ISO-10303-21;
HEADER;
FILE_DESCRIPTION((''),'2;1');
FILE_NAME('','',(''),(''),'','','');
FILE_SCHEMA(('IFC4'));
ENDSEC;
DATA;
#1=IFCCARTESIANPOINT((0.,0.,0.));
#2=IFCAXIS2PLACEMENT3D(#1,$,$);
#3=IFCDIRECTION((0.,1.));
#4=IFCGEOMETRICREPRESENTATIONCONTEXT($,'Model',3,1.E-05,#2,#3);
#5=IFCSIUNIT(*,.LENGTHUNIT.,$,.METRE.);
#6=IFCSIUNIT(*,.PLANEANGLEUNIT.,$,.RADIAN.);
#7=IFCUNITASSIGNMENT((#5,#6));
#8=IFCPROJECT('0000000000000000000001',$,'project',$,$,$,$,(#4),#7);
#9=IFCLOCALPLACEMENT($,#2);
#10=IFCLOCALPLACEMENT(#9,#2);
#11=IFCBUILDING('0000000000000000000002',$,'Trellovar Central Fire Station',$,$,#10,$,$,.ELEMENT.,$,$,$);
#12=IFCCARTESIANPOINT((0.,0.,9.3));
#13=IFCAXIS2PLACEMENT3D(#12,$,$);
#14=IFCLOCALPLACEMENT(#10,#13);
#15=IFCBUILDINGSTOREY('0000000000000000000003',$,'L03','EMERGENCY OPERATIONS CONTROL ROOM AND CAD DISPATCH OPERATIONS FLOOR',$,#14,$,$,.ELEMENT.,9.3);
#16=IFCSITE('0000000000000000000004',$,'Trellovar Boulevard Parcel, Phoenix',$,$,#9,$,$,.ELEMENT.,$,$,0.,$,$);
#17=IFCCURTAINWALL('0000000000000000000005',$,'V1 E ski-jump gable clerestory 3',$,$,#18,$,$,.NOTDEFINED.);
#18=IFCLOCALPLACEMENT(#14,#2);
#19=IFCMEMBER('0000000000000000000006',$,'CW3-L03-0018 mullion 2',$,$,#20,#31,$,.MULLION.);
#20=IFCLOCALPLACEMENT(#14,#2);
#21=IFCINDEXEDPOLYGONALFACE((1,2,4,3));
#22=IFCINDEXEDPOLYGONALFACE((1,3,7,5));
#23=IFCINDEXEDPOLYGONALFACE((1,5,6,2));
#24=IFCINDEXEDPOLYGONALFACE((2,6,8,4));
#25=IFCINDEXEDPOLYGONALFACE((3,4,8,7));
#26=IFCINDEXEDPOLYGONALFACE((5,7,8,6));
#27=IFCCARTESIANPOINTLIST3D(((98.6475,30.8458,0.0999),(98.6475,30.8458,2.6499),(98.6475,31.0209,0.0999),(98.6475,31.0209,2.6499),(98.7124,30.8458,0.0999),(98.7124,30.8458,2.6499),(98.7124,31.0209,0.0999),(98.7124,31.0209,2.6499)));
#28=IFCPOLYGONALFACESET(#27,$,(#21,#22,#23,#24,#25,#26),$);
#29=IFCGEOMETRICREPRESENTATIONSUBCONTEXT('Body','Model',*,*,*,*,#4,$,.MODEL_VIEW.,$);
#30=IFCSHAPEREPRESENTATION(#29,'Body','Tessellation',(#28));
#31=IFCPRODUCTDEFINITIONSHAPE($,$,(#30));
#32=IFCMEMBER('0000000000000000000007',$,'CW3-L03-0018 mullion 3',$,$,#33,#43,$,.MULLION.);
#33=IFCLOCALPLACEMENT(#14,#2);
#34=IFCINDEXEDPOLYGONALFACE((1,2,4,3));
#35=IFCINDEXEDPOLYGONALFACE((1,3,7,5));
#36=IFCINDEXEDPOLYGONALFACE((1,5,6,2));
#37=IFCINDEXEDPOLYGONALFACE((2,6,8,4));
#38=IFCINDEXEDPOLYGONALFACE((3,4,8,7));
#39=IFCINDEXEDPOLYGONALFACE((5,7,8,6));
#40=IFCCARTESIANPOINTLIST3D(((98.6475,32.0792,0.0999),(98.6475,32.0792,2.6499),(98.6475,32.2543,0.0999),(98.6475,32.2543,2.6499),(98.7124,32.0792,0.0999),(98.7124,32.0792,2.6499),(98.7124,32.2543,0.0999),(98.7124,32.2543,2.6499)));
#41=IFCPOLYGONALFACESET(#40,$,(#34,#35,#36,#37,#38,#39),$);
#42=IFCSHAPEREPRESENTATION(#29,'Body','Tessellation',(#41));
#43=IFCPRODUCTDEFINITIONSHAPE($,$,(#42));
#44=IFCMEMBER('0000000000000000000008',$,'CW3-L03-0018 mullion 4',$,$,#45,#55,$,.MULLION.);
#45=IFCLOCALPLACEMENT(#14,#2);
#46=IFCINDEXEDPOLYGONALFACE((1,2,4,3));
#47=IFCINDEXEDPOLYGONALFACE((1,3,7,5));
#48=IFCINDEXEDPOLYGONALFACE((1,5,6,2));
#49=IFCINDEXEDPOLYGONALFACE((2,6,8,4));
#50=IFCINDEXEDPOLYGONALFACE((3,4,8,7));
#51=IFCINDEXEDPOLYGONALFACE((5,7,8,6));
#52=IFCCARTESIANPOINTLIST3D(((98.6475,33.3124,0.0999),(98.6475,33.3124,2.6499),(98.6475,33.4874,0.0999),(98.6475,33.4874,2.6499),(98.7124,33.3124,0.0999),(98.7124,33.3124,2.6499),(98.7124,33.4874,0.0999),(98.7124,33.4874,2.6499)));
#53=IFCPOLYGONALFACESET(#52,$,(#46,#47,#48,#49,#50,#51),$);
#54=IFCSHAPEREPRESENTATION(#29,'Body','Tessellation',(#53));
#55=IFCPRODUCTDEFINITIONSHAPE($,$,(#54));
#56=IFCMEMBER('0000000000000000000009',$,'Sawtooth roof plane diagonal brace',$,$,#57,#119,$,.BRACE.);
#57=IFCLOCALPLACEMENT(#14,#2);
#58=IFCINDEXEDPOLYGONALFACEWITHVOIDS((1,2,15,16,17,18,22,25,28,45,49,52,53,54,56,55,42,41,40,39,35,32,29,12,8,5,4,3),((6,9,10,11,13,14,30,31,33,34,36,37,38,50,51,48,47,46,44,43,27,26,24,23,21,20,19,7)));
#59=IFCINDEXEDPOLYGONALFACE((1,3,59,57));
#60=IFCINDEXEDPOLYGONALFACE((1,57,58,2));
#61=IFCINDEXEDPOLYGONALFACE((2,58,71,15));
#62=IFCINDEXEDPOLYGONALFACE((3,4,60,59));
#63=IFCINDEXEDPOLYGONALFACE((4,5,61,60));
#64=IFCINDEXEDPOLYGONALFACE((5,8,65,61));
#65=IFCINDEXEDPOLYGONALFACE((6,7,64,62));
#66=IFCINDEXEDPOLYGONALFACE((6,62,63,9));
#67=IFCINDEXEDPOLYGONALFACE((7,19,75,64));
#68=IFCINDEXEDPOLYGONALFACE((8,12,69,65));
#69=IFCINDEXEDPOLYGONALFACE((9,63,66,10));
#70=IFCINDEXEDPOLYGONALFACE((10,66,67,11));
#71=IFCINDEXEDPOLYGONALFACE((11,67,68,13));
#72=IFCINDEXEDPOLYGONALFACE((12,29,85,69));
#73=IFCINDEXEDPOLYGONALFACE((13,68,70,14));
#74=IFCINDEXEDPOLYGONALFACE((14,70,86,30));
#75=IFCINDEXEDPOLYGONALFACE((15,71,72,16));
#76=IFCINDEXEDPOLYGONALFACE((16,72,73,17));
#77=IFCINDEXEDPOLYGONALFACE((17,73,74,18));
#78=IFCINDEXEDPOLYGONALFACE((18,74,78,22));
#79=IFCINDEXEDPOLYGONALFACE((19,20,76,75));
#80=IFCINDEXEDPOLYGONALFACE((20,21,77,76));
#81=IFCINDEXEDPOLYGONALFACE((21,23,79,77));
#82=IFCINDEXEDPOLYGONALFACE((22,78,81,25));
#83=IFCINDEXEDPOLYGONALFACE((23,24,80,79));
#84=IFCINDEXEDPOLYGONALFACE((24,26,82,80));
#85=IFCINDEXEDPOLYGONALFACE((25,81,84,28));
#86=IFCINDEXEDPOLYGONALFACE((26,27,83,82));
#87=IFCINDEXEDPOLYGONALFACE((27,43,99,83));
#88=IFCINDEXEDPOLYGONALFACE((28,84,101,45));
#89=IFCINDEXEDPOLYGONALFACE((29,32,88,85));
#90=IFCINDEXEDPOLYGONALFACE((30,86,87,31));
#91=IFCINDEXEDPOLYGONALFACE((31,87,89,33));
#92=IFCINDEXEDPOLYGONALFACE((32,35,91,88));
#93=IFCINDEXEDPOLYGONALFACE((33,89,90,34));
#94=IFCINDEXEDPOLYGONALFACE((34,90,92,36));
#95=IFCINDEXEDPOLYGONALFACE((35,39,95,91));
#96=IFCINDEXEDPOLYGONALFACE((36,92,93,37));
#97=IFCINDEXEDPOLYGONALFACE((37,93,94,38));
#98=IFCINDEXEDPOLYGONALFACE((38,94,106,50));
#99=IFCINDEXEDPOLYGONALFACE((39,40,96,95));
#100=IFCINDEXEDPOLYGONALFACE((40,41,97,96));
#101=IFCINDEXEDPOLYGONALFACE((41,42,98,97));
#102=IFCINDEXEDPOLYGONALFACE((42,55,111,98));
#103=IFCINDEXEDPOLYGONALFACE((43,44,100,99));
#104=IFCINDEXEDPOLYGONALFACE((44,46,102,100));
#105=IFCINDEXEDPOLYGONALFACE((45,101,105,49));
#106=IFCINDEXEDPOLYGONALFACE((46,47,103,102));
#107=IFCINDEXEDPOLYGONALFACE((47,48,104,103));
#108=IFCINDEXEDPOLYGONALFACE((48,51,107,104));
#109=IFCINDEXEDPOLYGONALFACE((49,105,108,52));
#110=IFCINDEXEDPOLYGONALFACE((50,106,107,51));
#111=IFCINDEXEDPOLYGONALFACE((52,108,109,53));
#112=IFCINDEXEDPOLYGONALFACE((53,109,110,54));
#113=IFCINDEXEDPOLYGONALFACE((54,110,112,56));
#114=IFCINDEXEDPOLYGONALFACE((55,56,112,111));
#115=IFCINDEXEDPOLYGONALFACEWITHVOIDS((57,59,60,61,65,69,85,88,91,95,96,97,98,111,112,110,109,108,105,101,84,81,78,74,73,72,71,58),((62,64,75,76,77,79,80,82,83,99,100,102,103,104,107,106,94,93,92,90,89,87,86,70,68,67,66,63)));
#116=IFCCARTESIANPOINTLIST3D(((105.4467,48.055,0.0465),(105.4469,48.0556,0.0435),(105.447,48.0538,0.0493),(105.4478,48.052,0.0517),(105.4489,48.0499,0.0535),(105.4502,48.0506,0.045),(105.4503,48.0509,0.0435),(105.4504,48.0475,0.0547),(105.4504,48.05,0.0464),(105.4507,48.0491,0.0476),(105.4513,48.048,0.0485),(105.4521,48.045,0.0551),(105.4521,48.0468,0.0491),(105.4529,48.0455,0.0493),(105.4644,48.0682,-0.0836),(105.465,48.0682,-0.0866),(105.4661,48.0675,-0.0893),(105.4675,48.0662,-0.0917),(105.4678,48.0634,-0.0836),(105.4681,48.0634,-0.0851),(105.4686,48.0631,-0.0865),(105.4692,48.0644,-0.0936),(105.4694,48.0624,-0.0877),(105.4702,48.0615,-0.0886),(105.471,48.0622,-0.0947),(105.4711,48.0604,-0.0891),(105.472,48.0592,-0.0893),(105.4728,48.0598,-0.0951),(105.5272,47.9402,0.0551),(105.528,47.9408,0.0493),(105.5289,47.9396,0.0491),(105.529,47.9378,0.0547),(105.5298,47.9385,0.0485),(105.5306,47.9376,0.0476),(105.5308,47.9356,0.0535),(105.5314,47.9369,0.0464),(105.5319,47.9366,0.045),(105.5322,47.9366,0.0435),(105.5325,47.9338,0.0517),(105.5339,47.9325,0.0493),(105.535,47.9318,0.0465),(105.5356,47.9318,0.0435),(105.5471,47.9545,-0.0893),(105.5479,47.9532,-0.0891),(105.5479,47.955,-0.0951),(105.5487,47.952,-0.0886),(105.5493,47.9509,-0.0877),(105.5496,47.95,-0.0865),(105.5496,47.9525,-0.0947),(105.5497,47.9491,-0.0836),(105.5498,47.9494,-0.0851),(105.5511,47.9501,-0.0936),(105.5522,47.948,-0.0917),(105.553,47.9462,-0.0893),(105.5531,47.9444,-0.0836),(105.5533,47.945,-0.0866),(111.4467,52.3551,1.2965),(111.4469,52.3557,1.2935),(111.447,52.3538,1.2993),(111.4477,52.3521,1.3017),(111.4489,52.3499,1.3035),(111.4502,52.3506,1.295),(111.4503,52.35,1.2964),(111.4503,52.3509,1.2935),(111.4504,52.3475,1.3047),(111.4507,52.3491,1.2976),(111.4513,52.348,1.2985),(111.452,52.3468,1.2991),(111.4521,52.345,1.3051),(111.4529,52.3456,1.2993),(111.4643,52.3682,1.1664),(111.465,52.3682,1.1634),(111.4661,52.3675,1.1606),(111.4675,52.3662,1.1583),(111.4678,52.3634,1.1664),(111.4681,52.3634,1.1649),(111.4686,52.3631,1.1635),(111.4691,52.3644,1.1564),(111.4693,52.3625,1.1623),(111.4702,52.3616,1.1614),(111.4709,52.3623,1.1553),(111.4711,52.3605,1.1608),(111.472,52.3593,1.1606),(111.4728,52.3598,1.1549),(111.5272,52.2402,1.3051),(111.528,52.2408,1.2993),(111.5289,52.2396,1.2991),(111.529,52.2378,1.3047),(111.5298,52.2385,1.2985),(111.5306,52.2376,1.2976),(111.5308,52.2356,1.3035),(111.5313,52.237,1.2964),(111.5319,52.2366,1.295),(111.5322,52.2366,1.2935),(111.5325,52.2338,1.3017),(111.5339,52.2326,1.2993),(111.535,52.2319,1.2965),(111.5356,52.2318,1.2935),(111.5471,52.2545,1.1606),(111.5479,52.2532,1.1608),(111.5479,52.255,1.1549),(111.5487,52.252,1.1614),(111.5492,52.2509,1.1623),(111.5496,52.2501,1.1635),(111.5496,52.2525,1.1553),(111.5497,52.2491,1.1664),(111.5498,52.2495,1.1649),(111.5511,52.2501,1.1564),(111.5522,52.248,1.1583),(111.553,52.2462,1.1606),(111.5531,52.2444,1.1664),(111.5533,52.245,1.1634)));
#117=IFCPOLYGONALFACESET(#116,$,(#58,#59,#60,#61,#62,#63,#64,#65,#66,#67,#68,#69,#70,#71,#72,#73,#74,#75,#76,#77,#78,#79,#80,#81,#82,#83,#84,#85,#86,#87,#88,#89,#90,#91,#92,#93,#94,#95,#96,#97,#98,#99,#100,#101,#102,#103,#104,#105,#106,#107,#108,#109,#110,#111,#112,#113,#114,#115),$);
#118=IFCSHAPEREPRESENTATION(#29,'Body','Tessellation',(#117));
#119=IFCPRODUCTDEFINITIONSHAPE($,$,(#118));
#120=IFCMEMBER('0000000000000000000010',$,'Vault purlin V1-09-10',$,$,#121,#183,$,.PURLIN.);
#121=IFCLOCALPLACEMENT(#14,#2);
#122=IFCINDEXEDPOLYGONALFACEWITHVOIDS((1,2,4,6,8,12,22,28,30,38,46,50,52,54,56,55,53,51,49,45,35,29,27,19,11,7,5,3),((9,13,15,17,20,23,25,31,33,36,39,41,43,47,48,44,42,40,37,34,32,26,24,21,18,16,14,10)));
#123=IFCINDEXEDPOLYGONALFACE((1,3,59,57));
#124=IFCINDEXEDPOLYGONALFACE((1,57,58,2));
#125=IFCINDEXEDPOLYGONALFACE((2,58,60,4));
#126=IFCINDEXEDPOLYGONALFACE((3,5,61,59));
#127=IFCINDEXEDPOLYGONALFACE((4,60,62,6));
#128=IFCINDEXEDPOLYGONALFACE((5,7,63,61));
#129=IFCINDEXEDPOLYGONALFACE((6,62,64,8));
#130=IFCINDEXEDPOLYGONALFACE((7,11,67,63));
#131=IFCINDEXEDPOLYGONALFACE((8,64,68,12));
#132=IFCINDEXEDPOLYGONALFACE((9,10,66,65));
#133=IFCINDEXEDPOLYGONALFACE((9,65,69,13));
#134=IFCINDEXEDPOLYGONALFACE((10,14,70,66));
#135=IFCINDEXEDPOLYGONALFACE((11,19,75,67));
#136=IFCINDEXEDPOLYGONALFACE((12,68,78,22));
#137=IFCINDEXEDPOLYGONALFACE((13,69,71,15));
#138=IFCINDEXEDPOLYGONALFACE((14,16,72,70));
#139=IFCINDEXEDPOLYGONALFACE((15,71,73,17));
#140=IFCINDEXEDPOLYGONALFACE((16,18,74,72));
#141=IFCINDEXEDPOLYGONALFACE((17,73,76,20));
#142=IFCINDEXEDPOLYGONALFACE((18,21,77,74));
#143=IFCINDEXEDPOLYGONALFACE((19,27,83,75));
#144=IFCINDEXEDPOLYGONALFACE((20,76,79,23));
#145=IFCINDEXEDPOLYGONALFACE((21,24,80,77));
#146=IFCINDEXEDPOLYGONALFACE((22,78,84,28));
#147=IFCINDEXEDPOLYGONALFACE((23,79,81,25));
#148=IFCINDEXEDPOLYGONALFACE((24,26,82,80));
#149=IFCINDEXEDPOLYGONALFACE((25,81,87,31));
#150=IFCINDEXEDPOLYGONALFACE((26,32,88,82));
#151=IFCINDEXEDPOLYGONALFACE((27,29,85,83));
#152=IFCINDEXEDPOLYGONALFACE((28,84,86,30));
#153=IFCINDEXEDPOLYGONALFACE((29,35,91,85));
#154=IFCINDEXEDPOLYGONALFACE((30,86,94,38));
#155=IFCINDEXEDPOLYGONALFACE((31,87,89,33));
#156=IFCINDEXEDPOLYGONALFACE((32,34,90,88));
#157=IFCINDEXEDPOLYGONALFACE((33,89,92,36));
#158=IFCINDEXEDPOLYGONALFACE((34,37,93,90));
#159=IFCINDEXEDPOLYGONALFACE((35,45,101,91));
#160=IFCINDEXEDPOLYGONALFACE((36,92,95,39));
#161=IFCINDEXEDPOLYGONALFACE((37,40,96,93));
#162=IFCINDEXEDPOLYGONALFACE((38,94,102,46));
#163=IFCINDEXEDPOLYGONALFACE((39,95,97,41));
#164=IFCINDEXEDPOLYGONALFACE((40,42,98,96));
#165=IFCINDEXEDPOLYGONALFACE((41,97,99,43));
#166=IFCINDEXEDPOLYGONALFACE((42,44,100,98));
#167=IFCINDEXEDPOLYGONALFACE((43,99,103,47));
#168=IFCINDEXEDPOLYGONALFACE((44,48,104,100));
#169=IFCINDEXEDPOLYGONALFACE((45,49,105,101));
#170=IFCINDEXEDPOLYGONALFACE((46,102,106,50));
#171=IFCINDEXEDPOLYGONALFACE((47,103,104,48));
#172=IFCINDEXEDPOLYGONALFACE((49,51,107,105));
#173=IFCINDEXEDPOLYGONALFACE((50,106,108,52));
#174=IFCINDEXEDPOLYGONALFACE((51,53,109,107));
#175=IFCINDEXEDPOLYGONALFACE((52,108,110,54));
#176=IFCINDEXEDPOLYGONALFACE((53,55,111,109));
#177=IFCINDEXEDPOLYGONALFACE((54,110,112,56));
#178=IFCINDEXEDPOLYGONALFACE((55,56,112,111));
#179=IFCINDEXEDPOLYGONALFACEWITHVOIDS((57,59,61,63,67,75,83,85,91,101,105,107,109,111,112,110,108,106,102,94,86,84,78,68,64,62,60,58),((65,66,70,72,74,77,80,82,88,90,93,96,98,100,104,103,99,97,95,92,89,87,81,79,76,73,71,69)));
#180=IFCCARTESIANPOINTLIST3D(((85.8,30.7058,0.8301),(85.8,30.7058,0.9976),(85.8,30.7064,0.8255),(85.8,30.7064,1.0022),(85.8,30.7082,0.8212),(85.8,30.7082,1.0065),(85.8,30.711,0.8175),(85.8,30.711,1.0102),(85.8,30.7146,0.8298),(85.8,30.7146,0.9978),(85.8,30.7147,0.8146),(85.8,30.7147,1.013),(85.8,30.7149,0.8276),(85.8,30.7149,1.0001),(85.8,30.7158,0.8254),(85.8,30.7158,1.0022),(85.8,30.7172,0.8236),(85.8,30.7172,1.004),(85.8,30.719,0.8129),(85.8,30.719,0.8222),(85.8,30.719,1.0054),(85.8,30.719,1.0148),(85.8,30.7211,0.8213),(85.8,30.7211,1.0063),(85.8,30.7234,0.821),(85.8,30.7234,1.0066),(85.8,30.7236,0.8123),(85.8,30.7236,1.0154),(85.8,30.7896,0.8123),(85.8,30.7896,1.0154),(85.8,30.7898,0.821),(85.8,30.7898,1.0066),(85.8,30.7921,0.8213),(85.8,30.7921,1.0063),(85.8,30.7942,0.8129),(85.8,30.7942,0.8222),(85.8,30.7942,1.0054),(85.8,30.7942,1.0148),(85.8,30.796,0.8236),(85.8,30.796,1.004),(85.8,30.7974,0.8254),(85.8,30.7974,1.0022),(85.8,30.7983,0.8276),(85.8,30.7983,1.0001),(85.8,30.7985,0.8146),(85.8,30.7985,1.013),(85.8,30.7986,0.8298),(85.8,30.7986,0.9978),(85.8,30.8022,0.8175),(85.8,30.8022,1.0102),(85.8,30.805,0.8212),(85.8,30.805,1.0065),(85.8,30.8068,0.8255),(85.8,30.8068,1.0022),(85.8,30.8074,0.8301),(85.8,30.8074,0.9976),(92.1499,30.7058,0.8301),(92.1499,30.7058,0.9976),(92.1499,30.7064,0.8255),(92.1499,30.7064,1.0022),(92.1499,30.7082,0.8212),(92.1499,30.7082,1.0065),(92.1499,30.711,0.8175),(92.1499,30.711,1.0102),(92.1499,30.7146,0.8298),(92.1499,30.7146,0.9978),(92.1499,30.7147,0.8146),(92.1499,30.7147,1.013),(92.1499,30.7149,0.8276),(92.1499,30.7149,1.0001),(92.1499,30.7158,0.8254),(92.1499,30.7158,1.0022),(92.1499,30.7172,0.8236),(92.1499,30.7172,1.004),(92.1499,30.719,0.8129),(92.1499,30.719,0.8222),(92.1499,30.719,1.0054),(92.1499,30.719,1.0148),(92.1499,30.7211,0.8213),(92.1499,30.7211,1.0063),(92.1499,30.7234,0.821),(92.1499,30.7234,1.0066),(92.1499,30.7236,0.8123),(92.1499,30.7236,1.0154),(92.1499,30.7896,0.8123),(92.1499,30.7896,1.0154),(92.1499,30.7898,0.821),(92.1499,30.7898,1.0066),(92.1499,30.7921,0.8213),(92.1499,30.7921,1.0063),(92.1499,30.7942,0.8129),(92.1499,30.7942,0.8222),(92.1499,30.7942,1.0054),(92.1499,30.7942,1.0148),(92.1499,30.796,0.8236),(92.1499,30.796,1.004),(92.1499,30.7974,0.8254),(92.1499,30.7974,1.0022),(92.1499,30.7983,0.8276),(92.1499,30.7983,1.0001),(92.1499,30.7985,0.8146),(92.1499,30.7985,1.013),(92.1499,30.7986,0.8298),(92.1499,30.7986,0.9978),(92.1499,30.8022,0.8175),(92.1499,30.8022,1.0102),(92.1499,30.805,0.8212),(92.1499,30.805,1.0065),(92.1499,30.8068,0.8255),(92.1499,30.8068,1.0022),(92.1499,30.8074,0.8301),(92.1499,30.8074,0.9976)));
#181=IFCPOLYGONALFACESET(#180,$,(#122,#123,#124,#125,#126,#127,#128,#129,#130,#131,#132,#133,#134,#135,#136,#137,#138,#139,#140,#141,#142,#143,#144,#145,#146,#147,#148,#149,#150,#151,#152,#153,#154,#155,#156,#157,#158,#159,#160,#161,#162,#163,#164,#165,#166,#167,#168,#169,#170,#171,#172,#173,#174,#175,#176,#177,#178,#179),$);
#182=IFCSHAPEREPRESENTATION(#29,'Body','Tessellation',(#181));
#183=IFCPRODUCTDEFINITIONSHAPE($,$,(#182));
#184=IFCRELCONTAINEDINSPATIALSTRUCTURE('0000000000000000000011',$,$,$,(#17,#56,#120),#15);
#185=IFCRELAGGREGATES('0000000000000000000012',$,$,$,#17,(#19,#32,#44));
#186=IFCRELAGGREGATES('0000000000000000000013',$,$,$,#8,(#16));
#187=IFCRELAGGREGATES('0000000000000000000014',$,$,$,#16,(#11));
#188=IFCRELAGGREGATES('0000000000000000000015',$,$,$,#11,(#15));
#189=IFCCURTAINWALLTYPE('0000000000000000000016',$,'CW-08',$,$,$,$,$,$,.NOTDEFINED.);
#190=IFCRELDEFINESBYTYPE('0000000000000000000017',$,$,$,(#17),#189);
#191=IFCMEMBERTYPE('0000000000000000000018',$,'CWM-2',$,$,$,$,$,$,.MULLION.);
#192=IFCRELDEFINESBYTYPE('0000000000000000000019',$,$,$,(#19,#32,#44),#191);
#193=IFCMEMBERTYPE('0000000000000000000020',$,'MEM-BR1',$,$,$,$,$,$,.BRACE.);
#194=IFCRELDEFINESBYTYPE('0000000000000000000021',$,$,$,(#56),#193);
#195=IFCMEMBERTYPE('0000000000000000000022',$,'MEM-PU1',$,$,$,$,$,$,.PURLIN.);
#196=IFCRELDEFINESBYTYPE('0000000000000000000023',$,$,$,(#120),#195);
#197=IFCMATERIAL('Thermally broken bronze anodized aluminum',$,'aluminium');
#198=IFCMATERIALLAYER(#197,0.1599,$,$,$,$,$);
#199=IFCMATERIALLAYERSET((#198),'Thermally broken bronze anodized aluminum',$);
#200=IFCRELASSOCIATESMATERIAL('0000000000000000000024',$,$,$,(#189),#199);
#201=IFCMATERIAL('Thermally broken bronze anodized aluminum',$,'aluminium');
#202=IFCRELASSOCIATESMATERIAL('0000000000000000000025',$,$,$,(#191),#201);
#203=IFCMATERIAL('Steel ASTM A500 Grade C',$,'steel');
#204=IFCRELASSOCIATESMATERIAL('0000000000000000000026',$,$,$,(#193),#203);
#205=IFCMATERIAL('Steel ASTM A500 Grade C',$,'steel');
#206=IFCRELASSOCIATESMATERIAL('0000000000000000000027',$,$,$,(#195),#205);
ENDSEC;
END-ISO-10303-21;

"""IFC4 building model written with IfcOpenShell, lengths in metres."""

from ifc_helpers import new_model, si_unit, direction, frame, origin, origin_2d, place, context, subcontext, project, spatial, rectangle, hollow_rectangle, extrude, material, layer, layer_set, material_profile, profile_set, type_object, element, aggregate, save


model = new_model("IFC4")

# Units and contexts
model_context = context("Model", 3, precision=1e-05, world=origin(), true_north=direction((0.0, 1.0)))
body_context = subcontext(model_context, "Body", "Model", "MODEL_VIEW")
ifc_project = project(units=[si_unit("LENGTHUNIT", "METRE"), si_unit("PLANEANGLEUNIT", "RADIAN")], contexts=[model_context])

# Site, building, storey
site_placement = place(None, origin())
site = spatial("IfcSite", under=ifc_project, at=site_placement, Name="Trellovar Boulevard Parcel, Phoenix", CompositionType="ELEMENT", RefElevation=0.0)
building_placement = place(site_placement, origin())
building = spatial("IfcBuilding", under=site, at=building_placement, Name="Trellovar Central Fire Station", CompositionType="ELEMENT")
storey_placement = place(building_placement, frame((0.0, 0.0, 9.3)))
storey = spatial("IfcBuildingStorey", under=building, at=storey_placement, Name="L03", Description="EMERGENCY OPERATIONS CONTROL ROOM AND CAD DISPATCH OPERATIONS FLOOR", CompositionType="ELEMENT", Elevation=9.3)

# Curtain wall, members
ifc_material_1 = material(Name="Thermally broken bronze anodized aluminum", Category="aluminium")
ifc_layer_1 = layer(ifc_material_1, 0.1599)
ifc_layer_set_1 = layer_set([ifc_layer_1], Name="Thermally broken bronze anodized aluminum")
curtain_wall_type = type_object("IfcCurtainWallType", Name="CW-08", PredefinedType="NOTDEFINED", material=ifc_layer_set_1)
curtain_wall_placement = place(storey_placement, origin())
curtain_wall = element("IfcCurtainWall", 1, at=curtain_wall_placement, inside=storey, type_object=curtain_wall_type, Name="V1 E ski-jump gable clerestory 3", PredefinedType="NOTDEFINED")
ifc_material_2 = material(Name="Thermally broken bronze anodized aluminum", Category="aluminium")
ifc_material_profile_1 = material_profile(ifc_material_2, rectangle(XDim=0.0649, YDim=0.175, at=origin_2d()), Name="ALU65X175")
ifc_profile_set_1 = profile_set([ifc_material_profile_1], Name="Thermally broken bronze anodized aluminum")
member_type_1 = type_object("IfcMemberType", Name="CWM-2", PredefinedType="MULLION", material=ifc_profile_set_1)
member_1_placement = place(storey_placement, frame((98.6799, 30.9333, 0.0999), z_axis=(0.0, 0.0, 1.0), x_axis=(1.0, 0.0, 0.0)))
member_1 = element("IfcMember", 2, at=member_1_placement, type_object=member_type_1, Name="CW3-L03-0018 mullion 2", PredefinedType="MULLION", context=body_context, shape_type="SweptSolid", body=[
    extrude(rectangle(XDim=0.0649, YDim=0.175, at=origin_2d()), origin(), (0.0, 0.0, 1.0), 2.55),
])
member_2_placement = place(storey_placement, frame((98.6799, 32.1667, 0.0999), z_axis=(0.0, 0.0, 1.0), x_axis=(1.0, 0.0, 0.0)))
member_2 = element("IfcMember", 3, at=member_2_placement, type_object=member_type_1, Name="CW3-L03-0018 mullion 3", PredefinedType="MULLION", context=body_context, shape_type="SweptSolid", body=[
    extrude(rectangle(XDim=0.0649, YDim=0.175, at=origin_2d()), origin(), (0.0, 0.0, 1.0), 2.55),
])
member_3_placement = place(storey_placement, frame((98.6799, 33.3999, 0.0999), z_axis=(0.0, 0.0, 1.0), x_axis=(1.0, 0.0, 0.0)))
member_3 = element("IfcMember", 4, at=member_3_placement, type_object=member_type_1, Name="CW3-L03-0018 mullion 4", PredefinedType="MULLION", context=body_context, shape_type="SweptSolid", body=[
    extrude(rectangle(XDim=0.0649, YDim=0.175, at=origin_2d()), origin(), (0.0, 0.0, 1.0), 2.55),
])

# Members
ifc_material_3 = material(Name="Steel ASTM A500 Grade C", Category="steel")
ifc_material_profile_2 = material_profile(ifc_material_3, hollow_rectangle(XDim=0.1523, YDim=0.1523, WallThickness=0.0059, InnerFilletRadius=0.0059, OuterFilletRadius=0.0117, at=origin_2d()), Name="HSS6X6X1/4")
ifc_profile_set_2 = profile_set([ifc_material_profile_2], Name="Steel ASTM A500 Grade C")
member_type_2 = type_object("IfcMemberType", Name="MEM-BR1", PredefinedType="BRACE", material=ifc_profile_set_2)
member_4_placement = place(storey_placement, frame((105.5, 48.0, -0.02), z_axis=(0.801405, 0.574347, 0.166959), x_axis=(-0.582523, 0.812814, 0.0)))
element("IfcMember", 5, at=member_4_placement, inside=storey, type_object=member_type_2, Name="Sawtooth roof plane diagonal brace", PredefinedType="BRACE", context=body_context, shape_type="SweptSolid", body=[
    extrude(hollow_rectangle(XDim=0.1523, YDim=0.1523, WallThickness=0.0059, InnerFilletRadius=0.0059, OuterFilletRadius=0.0117, at=origin_2d()), origin(), (0.0, 0.0, 1.0), 7.4868),
])
ifc_material_4 = material(Name="Steel ASTM A500 Grade C", Category="steel")
ifc_material_profile_3 = material_profile(ifc_material_4, hollow_rectangle(XDim=0.1016, YDim=0.2031, WallThickness=0.0088, InnerFilletRadius=0.0088, OuterFilletRadius=0.0178, at=origin_2d()), Name="HSS8X4X3/8")
ifc_profile_set_3 = profile_set([ifc_material_profile_3], Name="Steel ASTM A500 Grade C")
member_type_3 = type_object("IfcMemberType", Name="MEM-PU1", PredefinedType="PURLIN", material=ifc_profile_set_3)
member_5_placement = place(storey_placement, frame((85.8, 30.7566, 0.9138), z_axis=(1.0, 0.0, 0.0), x_axis=(0.0, 1.0, 0.0)))
element("IfcMember", 6, at=member_5_placement, inside=storey, type_object=member_type_3, Name="Vault purlin V1-09-10", PredefinedType="PURLIN", context=body_context, shape_type="SweptSolid", body=[
    extrude(hollow_rectangle(XDim=0.1016, YDim=0.2031, WallThickness=0.0088, InnerFilletRadius=0.0088, OuterFilletRadius=0.0178, at=origin_2d()), origin(), (0.0, 0.0, 1.0), 6.3499),
])

aggregate(curtain_wall, [member_1, member_2, member_3])

save(model, "model.ifc")
